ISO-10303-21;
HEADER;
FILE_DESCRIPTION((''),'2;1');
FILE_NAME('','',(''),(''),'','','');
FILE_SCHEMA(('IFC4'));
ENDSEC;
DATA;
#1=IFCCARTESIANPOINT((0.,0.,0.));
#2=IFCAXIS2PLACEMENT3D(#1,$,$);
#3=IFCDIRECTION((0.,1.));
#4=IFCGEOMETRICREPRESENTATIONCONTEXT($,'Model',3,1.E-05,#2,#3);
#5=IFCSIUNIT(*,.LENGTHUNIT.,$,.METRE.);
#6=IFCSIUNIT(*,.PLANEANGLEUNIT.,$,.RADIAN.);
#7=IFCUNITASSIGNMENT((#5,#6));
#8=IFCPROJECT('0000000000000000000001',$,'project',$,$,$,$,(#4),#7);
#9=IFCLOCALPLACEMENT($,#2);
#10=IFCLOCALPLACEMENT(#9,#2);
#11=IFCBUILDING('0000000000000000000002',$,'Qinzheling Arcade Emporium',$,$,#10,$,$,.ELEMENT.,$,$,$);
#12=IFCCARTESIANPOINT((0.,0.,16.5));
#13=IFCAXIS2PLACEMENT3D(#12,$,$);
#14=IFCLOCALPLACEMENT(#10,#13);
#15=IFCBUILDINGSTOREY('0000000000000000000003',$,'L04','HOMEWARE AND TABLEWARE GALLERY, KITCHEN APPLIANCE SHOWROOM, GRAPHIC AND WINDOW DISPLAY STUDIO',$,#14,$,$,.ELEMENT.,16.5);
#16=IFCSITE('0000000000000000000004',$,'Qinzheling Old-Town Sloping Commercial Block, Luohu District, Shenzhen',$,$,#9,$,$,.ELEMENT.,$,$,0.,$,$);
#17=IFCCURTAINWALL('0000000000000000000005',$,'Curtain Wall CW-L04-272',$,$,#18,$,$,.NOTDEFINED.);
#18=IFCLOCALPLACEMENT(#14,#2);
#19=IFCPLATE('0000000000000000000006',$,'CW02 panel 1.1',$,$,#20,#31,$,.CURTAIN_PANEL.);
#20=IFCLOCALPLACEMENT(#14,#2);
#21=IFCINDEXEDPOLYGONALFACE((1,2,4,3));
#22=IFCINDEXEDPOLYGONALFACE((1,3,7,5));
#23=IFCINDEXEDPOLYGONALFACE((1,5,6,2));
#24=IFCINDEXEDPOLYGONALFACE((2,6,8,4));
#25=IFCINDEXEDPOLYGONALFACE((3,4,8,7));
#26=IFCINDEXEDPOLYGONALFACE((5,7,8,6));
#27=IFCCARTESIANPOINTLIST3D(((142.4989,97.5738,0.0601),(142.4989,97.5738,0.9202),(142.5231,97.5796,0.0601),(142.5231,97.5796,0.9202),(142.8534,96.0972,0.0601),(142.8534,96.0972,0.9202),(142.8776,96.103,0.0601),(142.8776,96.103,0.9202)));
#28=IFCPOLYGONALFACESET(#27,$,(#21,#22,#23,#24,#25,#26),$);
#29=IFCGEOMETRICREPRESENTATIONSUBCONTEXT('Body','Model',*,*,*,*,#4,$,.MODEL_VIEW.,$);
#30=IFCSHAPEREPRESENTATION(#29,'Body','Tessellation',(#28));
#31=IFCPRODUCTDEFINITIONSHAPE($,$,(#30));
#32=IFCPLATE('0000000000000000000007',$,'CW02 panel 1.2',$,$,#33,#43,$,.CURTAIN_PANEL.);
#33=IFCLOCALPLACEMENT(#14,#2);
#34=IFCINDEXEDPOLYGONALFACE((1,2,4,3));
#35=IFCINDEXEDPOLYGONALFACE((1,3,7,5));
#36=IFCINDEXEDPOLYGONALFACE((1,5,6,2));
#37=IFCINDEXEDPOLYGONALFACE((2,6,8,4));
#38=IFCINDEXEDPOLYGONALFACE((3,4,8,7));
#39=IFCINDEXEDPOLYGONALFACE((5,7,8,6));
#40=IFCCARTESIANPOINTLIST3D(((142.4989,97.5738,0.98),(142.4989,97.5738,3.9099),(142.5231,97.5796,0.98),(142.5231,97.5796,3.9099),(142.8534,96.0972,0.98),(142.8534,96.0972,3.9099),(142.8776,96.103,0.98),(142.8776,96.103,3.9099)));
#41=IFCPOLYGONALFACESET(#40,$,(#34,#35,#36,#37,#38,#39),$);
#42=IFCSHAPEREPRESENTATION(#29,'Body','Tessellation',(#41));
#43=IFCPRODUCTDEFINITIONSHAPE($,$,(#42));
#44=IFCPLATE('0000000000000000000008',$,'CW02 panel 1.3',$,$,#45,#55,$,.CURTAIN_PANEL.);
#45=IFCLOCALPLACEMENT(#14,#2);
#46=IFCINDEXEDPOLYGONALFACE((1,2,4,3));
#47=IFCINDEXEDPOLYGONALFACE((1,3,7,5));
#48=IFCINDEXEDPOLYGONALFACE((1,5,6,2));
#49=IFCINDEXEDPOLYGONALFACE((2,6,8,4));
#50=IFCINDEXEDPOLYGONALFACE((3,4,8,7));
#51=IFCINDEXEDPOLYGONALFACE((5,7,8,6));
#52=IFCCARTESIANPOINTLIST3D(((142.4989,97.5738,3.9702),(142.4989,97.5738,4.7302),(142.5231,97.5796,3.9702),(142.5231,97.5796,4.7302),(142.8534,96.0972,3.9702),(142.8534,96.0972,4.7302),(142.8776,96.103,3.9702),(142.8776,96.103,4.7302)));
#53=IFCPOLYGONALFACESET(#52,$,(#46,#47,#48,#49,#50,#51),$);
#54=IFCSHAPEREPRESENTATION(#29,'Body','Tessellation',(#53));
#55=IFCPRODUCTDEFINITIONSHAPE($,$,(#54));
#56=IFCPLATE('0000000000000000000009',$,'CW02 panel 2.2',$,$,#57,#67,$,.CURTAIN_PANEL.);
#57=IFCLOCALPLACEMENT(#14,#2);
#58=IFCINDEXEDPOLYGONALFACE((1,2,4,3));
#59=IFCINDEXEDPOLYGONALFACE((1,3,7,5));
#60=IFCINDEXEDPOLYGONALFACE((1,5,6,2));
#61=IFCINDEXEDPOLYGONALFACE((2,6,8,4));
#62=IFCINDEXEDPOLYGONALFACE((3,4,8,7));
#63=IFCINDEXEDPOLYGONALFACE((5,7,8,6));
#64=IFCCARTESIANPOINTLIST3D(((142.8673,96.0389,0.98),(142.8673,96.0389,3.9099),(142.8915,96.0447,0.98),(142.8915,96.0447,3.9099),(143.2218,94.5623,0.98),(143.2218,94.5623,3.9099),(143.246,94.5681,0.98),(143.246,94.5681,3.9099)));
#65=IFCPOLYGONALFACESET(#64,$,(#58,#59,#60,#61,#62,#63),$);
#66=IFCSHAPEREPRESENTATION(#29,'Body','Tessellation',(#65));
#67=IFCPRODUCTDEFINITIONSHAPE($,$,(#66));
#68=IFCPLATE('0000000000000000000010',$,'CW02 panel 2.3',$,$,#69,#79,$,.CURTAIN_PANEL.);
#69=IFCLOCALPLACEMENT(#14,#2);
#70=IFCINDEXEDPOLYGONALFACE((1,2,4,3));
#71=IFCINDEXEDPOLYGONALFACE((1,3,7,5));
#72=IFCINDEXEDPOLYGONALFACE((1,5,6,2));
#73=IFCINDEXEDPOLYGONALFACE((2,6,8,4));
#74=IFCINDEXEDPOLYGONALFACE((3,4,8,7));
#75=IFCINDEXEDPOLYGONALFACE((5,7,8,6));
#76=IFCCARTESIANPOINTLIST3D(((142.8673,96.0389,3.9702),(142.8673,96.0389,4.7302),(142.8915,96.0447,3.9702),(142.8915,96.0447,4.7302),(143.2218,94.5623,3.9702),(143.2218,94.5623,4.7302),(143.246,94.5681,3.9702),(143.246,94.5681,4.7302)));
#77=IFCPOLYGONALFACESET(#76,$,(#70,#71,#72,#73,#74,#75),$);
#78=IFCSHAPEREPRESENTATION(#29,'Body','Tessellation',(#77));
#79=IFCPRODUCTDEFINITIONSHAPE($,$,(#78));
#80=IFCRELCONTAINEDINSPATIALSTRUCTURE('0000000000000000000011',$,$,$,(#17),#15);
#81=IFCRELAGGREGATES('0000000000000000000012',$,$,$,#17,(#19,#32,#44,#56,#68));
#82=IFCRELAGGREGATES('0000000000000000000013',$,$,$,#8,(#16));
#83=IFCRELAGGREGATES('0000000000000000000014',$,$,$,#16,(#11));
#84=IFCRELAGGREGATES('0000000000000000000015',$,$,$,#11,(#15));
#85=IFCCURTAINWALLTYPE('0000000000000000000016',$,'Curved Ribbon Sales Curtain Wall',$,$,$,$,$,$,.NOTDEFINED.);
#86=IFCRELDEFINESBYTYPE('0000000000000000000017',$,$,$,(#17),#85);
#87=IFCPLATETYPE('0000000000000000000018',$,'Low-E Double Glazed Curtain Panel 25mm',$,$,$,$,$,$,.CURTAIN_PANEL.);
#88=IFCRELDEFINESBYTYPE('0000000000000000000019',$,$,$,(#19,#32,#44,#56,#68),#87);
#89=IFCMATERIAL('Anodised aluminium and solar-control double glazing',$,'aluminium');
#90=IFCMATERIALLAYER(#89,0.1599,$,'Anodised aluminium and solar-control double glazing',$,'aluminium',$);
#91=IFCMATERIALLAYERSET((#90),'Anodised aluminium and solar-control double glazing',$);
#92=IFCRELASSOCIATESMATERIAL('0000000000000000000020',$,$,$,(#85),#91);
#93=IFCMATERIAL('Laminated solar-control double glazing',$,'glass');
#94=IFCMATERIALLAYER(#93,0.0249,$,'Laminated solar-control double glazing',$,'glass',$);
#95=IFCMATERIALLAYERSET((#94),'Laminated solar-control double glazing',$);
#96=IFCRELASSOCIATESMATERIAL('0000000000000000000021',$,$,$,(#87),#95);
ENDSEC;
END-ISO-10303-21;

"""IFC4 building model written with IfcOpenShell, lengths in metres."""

from ifc_helpers import new_model, si_unit, direction, frame, origin, origin_2d, place, context, subcontext, project, spatial, rectangle, extrude, material, layer, layer_set, type_object, element, aggregate, save


model = new_model("IFC4")

# Units and contexts
model_context = context("Model", 3, precision=1e-05, world=origin(), true_north=direction((0.0, 1.0)))
body_context = subcontext(model_context, "Body", "Model", "MODEL_VIEW")
ifc_project = project(units=[si_unit("LENGTHUNIT", "METRE"), si_unit("PLANEANGLEUNIT", "RADIAN")], contexts=[model_context])

# Site, building, storey
site_placement = place(None, origin())
site = spatial("IfcSite", under=ifc_project, at=site_placement, Name="Qinzheling Old-Town Sloping Commercial Block, Luohu District, Shenzhen", CompositionType="ELEMENT", RefElevation=0.0)
building_placement = place(site_placement, origin())
building = spatial("IfcBuilding", under=site, at=building_placement, Name="Qinzheling Arcade Emporium", CompositionType="ELEMENT")
storey_placement = place(building_placement, frame((0.0, 0.0, 16.5)))
storey = spatial("IfcBuildingStorey", under=building, at=storey_placement, Name="L04", Description="HOMEWARE AND TABLEWARE GALLERY, KITCHEN APPLIANCE SHOWROOM, GRAPHIC AND WINDOW DISPLAY STUDIO", CompositionType="ELEMENT", Elevation=16.5)

# Shared definitions
ifc_material_1 = material(Name="Anodised aluminium and solar-control double glazing", Category="aluminium")
ifc_layer_1 = layer(ifc_material_1, 0.1599, Name="Anodised aluminium and solar-control double glazing", Category="aluminium")
ifc_layer_set_1 = layer_set([ifc_layer_1], Name="Anodised aluminium and solar-control double glazing")
curtain_wall_type = type_object("IfcCurtainWallType", Name="Curved Ribbon Sales Curtain Wall", PredefinedType="NOTDEFINED", material=ifc_layer_set_1)

# Curtain wall
curtain_wall_1_placement = place(storey_placement, origin())
curtain_wall_1 = element("IfcCurtainWall", 1, at=curtain_wall_1_placement, inside=storey, type_object=curtain_wall_type, Name="Curtain Wall CW-L04-272", PredefinedType="NOTDEFINED")

# Plates
ifc_material_2 = material(Name="Laminated solar-control double glazing", Category="glass")
ifc_layer_2 = layer(ifc_material_2, 0.0249, Name="Laminated solar-control double glazing", Category="glass")
ifc_layer_set_2 = layer_set([ifc_layer_2], Name="Laminated solar-control double glazing")
plate_type_1 = type_object("IfcPlateType", Name="Low-E Double Glazed Curtain Panel 25mm", PredefinedType="CURTAIN_PANEL", material=ifc_layer_set_2)
plate_1_placement = place(storey_placement, frame((142.6882, 96.8384, 0.0601), z_axis=(0.0, 0.0, 1.0), x_axis=(0.233455, -0.972368, 0.0)))
plate_1 = element("IfcPlate", 2, at=plate_1_placement, type_object=plate_type_1, Name="CW02 panel 1.1", PredefinedType="CURTAIN_PANEL", context=body_context, shape_type="SweptSolid", body=[
    extrude(rectangle(XDim=1.5186, YDim=0.0249, at=origin_2d()), origin(), (0.0, 0.0, 1.0), 0.8601),
])
plate_2_placement = place(storey_placement, frame((142.6882, 96.8384, 0.98), z_axis=(0.0, 0.0, 1.0), x_axis=(0.233455, -0.972368, 0.0)))
plate_2 = element("IfcPlate", 3, at=plate_2_placement, type_object=plate_type_1, Name="CW02 panel 1.2", PredefinedType="CURTAIN_PANEL", context=body_context, shape_type="SweptSolid", body=[
    extrude(rectangle(XDim=1.5186, YDim=0.0249, at=origin_2d()), origin(), (0.0, 0.0, 1.0), 2.9299),
])
plate_3_placement = place(storey_placement, frame((142.6882, 96.8384, 3.9702), z_axis=(0.0, 0.0, 1.0), x_axis=(0.233455, -0.972368, 0.0)))
plate_3 = element("IfcPlate", 4, at=plate_3_placement, type_object=plate_type_1, Name="CW02 panel 1.3", PredefinedType="CURTAIN_PANEL", context=body_context, shape_type="SweptSolid", body=[
    extrude(rectangle(XDim=1.5186, YDim=0.0249, at=origin_2d()), origin(), (0.0, 0.0, 1.0), 0.76),
])
plate_4_placement = place(storey_placement, frame((143.0566, 95.3035, 0.98), z_axis=(0.0, 0.0, 1.0), x_axis=(0.233455, -0.972368, 0.0)))
plate_4 = element("IfcPlate", 5, at=plate_4_placement, type_object=plate_type_1, Name="CW02 panel 2.2", PredefinedType="CURTAIN_PANEL", context=body_context, shape_type="SweptSolid", body=[
    extrude(rectangle(XDim=1.5186, YDim=0.0249, at=origin_2d()), origin(), (0.0, 0.0, 1.0), 2.9299),
])
plate_5_placement = place(storey_placement, frame((143.0566, 95.3035, 3.9702), z_axis=(0.0, 0.0, 1.0), x_axis=(0.233455, -0.972368, 0.0)))
plate_5 = element("IfcPlate", 6, at=plate_5_placement, type_object=plate_type_1, Name="CW02 panel 2.3", PredefinedType="CURTAIN_PANEL", context=body_context, shape_type="SweptSolid", body=[
    extrude(rectangle(XDim=1.5186, YDim=0.0249, at=origin_2d()), origin(), (0.0, 0.0, 1.0), 0.76),
])
aggregate(curtain_wall_1, [plate_1, plate_2, plate_3, plate_4, plate_5])

save(model, "model.ifc")
